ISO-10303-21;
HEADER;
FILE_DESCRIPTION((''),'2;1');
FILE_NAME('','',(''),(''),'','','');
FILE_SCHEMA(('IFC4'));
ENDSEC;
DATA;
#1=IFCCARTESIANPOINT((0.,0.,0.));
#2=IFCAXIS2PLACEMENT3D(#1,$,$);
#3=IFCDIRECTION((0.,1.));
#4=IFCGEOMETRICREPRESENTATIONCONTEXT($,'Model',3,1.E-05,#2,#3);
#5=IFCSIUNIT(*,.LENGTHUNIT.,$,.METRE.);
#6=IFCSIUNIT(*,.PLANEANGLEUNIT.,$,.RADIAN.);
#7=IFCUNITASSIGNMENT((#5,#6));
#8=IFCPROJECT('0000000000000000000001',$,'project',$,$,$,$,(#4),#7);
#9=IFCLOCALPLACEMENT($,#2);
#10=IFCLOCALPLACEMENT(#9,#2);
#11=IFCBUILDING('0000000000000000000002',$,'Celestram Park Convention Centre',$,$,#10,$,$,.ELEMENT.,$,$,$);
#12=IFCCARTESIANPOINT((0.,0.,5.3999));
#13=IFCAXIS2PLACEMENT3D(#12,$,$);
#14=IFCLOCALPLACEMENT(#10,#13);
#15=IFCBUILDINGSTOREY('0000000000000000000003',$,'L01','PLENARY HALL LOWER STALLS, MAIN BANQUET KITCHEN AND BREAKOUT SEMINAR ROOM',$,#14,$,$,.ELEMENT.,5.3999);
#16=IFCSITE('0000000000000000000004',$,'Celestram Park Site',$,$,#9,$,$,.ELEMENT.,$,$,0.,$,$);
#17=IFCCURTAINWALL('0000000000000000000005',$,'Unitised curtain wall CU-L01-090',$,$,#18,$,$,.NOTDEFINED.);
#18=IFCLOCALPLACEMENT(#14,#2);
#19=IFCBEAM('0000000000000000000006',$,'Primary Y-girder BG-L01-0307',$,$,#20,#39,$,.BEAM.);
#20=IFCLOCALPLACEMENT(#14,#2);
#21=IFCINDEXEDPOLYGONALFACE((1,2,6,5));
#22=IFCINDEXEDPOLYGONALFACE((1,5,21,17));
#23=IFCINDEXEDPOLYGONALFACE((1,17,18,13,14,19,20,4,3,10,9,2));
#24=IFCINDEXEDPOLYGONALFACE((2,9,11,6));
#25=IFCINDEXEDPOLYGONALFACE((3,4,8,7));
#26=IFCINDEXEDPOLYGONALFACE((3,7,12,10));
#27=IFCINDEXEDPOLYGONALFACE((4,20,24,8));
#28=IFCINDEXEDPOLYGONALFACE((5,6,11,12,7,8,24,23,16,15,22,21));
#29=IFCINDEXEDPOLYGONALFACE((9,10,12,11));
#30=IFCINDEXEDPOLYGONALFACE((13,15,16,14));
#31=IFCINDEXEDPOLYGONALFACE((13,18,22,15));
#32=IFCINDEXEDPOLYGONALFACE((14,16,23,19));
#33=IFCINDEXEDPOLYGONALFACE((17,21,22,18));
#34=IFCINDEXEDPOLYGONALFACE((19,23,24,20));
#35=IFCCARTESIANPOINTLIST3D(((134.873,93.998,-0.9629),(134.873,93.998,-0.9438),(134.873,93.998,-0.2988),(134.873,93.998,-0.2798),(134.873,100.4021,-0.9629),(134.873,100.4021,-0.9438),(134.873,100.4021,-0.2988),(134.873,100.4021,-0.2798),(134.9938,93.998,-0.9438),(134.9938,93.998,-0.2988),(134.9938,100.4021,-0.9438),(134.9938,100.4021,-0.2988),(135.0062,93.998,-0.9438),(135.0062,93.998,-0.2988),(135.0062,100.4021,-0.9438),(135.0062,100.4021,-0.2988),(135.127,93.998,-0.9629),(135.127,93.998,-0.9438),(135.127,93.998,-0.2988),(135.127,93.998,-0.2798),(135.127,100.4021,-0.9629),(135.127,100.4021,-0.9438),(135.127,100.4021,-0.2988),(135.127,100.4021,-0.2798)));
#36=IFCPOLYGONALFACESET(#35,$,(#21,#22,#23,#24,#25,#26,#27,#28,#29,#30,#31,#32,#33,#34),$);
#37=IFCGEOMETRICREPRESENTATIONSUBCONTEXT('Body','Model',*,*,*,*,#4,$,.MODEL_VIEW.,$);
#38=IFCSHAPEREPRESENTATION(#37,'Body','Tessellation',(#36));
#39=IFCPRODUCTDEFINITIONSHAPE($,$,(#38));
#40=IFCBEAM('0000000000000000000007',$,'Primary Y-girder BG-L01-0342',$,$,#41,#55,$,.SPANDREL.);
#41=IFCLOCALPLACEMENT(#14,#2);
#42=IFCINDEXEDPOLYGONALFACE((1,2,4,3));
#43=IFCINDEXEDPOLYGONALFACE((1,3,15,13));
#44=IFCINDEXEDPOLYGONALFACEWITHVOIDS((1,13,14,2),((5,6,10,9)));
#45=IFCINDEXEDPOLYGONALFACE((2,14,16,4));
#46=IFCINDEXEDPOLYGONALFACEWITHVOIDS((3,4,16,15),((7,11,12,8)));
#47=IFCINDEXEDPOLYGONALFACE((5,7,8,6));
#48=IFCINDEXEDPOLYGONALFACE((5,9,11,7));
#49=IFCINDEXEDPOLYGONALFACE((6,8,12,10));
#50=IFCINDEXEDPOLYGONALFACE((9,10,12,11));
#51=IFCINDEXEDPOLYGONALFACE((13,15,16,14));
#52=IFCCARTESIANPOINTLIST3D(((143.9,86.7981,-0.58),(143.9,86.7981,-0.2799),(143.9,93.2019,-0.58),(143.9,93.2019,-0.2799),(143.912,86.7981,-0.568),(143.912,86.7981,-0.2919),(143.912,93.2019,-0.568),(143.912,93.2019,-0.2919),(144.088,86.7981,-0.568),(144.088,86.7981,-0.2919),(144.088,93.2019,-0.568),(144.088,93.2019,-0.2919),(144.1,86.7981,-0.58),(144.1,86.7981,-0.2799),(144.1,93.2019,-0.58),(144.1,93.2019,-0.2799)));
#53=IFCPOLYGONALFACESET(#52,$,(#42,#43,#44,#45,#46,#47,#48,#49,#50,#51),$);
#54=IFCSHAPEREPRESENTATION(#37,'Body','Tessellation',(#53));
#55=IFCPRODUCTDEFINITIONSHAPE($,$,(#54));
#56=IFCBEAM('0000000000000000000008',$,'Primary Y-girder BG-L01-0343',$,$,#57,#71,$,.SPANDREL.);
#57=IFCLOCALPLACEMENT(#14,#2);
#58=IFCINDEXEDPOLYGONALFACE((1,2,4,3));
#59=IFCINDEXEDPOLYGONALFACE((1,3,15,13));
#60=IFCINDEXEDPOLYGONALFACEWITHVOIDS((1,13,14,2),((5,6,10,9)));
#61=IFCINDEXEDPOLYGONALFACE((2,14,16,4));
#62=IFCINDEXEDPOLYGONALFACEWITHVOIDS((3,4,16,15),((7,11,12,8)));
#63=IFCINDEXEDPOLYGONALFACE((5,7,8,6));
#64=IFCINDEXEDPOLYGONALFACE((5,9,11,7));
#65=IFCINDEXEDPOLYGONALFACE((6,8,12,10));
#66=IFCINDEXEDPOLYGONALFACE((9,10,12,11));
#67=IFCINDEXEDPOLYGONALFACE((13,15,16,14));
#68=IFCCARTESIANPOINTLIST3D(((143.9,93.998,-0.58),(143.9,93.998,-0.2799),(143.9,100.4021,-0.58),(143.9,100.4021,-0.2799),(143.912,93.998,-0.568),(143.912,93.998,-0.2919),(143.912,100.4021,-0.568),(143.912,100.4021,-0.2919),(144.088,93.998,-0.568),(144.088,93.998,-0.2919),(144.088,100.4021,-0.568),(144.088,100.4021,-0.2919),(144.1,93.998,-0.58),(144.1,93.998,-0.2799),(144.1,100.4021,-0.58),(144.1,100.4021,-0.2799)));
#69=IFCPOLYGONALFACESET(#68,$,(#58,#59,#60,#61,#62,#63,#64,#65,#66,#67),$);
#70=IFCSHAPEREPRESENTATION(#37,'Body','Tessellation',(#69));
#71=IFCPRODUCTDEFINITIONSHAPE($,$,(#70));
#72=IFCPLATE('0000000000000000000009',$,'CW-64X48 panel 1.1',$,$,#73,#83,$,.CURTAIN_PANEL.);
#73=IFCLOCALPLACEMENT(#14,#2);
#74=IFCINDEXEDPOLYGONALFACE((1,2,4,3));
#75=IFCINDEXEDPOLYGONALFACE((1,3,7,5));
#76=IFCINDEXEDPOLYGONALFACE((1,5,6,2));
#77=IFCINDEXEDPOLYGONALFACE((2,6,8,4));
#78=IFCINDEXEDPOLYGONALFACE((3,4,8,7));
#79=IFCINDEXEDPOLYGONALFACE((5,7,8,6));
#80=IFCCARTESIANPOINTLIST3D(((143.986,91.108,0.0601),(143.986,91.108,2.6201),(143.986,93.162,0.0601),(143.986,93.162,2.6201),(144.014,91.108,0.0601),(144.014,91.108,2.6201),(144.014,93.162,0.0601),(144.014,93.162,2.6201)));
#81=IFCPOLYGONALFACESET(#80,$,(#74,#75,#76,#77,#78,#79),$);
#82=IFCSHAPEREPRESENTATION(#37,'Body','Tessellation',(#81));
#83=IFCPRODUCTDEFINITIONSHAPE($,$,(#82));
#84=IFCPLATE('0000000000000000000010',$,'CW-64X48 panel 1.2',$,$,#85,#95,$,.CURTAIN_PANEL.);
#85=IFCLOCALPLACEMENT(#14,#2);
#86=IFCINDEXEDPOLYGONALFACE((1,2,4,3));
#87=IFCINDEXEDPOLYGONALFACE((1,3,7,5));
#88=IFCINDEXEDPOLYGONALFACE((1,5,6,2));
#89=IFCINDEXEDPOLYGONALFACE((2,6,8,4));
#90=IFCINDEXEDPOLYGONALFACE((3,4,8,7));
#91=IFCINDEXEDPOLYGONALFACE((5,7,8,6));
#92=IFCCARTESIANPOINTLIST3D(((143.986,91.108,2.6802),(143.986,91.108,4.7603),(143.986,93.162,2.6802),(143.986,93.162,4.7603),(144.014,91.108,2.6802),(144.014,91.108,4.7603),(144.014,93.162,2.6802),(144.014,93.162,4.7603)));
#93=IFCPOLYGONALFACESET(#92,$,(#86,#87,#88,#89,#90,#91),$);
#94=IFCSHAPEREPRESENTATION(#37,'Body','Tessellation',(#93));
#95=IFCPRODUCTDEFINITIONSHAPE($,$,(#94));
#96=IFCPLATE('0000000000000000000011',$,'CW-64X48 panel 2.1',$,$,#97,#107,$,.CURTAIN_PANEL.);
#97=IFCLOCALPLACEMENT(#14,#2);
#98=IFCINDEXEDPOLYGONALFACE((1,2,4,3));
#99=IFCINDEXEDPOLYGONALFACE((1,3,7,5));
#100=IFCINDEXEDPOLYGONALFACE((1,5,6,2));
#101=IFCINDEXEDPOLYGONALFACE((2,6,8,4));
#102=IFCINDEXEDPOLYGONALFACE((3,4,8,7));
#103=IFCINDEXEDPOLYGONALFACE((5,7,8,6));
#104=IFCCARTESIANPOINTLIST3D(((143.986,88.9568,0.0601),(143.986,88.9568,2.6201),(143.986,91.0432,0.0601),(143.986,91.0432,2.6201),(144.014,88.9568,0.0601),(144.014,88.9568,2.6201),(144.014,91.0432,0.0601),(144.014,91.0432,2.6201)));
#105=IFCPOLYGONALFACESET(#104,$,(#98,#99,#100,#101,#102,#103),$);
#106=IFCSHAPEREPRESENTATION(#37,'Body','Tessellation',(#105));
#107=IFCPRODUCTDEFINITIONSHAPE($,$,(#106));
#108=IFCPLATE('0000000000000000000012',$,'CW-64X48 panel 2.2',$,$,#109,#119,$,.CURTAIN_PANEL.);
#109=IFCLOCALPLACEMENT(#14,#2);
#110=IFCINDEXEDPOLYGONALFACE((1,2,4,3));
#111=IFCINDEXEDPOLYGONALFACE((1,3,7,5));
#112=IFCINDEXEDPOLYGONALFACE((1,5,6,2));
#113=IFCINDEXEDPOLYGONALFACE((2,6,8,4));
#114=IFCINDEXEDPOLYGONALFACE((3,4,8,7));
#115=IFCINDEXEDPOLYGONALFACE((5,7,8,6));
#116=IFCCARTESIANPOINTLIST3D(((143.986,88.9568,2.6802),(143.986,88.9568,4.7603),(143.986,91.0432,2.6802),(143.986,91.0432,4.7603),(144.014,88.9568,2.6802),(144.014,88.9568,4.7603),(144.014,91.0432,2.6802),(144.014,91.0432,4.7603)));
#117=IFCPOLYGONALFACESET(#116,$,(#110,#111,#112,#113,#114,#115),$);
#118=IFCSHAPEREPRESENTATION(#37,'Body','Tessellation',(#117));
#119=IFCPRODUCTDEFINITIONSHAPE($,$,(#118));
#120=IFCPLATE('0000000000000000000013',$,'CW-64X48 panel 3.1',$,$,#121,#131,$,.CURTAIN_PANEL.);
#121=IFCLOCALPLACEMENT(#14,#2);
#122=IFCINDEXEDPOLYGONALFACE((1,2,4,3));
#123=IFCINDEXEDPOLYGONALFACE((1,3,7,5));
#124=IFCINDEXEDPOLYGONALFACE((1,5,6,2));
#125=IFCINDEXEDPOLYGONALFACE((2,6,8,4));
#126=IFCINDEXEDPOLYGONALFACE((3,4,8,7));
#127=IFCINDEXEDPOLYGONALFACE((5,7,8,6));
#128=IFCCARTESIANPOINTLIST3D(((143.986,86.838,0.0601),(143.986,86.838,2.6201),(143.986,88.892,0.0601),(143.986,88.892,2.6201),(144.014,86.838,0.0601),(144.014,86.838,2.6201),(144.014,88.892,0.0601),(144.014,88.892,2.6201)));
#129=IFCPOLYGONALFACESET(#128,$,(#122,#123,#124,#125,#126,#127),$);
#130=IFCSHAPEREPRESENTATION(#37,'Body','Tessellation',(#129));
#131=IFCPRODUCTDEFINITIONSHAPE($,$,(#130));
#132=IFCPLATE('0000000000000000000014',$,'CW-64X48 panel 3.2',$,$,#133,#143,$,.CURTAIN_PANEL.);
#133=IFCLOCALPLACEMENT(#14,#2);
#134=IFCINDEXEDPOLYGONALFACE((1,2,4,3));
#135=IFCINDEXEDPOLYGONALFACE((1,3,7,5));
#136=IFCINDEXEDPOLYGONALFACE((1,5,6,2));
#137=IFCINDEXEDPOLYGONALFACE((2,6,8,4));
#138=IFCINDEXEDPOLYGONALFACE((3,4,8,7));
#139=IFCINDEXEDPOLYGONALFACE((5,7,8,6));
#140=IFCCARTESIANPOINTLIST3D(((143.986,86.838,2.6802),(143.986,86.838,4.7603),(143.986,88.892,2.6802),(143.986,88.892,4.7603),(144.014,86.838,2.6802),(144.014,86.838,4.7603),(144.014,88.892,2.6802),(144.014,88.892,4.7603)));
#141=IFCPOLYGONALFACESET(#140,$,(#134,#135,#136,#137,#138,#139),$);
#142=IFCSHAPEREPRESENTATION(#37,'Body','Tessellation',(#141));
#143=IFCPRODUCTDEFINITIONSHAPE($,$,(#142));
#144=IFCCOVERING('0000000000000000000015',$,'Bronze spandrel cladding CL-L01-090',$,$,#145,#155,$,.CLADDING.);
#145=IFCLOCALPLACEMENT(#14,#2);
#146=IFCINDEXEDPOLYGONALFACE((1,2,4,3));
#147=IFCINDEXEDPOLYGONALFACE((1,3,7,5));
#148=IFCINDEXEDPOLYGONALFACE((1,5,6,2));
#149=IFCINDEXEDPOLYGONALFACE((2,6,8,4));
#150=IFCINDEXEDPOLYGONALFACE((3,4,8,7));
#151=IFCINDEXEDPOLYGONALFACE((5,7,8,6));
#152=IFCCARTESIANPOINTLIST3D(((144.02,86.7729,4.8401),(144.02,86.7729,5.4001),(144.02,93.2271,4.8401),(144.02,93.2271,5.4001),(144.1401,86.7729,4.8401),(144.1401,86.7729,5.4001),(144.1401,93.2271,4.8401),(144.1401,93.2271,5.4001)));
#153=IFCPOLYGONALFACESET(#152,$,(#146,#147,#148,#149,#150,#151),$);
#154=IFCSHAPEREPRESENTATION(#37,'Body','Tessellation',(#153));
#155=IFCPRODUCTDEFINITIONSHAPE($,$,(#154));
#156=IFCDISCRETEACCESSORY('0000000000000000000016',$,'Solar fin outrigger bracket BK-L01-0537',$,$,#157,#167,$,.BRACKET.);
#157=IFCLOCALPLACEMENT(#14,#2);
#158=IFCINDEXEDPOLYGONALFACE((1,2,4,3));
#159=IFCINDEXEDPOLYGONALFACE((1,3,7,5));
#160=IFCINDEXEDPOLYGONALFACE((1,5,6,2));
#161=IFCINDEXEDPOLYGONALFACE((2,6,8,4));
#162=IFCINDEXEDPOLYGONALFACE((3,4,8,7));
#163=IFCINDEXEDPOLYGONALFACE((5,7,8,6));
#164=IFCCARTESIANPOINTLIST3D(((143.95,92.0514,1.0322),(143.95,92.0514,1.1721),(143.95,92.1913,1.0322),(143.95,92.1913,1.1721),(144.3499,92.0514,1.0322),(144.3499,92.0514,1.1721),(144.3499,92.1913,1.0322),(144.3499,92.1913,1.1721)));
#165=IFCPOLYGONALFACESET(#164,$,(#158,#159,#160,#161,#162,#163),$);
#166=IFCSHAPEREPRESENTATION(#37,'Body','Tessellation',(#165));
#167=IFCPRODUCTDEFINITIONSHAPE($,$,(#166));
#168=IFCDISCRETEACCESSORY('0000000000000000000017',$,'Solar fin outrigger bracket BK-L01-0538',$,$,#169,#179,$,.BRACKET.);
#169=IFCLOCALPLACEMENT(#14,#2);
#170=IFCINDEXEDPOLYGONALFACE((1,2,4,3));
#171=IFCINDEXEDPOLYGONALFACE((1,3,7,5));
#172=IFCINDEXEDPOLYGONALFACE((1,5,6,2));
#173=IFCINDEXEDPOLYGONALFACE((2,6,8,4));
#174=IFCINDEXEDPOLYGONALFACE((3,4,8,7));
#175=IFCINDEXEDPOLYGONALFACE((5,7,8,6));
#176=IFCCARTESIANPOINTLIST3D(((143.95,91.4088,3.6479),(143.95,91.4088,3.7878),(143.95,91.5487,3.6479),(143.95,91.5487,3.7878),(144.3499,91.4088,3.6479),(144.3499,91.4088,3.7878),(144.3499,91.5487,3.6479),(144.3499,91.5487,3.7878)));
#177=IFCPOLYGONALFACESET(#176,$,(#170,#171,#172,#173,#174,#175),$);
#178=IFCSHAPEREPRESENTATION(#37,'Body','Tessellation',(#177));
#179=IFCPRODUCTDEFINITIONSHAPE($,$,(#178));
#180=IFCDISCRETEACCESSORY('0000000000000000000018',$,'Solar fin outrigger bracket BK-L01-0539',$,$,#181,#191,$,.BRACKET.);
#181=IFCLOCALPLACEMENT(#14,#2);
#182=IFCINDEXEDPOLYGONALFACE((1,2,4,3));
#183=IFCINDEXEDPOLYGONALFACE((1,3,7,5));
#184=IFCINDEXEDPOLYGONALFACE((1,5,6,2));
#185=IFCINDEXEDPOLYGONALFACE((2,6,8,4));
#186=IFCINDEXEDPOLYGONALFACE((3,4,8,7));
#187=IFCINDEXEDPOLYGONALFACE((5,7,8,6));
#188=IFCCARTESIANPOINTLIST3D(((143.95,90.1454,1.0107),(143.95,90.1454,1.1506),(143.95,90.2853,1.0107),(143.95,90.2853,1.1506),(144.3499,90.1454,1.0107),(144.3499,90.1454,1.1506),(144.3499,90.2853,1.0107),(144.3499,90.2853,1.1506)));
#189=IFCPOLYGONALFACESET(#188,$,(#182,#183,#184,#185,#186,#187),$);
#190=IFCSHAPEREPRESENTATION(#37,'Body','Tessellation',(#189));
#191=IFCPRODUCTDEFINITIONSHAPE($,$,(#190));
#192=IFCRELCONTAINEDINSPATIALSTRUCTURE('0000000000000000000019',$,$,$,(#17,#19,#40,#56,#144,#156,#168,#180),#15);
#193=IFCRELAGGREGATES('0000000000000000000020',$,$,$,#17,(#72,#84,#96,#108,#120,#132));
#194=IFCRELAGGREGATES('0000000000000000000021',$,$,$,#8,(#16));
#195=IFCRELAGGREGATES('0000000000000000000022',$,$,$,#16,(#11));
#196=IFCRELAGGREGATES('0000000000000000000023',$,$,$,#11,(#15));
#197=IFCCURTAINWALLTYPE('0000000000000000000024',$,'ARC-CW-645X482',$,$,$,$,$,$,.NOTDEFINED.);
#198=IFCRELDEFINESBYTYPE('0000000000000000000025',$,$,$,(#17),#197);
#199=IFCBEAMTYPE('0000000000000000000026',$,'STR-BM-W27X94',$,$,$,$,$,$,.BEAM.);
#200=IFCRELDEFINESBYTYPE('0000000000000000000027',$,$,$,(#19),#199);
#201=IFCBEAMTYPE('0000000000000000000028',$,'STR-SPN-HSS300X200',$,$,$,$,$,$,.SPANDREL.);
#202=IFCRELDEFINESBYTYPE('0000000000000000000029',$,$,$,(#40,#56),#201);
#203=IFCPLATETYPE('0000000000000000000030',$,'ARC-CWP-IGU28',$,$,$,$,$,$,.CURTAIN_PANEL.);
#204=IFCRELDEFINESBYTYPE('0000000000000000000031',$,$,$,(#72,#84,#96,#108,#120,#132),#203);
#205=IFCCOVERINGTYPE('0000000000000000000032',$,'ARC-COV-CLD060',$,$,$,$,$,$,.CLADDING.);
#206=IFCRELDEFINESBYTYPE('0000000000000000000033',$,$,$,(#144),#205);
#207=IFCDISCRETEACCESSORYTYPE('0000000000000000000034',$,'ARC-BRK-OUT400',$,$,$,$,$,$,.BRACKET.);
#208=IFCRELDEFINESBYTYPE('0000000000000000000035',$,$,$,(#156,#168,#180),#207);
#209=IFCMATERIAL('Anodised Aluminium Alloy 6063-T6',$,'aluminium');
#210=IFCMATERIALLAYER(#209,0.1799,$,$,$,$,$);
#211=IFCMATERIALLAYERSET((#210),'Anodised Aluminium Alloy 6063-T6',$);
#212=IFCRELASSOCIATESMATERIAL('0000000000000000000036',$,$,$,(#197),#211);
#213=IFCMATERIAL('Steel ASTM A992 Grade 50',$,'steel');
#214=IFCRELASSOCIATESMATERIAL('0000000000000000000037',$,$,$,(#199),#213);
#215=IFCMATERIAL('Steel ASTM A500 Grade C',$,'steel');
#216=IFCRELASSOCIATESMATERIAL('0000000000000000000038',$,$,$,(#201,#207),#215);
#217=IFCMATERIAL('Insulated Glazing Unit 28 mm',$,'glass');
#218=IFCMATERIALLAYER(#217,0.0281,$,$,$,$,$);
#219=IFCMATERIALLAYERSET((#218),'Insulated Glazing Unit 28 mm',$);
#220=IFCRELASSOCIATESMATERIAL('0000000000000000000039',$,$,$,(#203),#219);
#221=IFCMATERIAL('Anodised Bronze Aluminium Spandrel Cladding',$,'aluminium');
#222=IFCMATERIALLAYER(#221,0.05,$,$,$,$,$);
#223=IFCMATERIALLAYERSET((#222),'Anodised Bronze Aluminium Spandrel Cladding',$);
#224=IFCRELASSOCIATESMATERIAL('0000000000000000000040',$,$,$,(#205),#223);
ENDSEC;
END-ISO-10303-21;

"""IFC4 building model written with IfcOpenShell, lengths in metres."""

from ifc_helpers import new_model, si_unit, direction, frame, origin, origin_2d, place, context, subcontext, project, spatial, rectangle, hollow_rectangle, i_section, extrude, material, layer, layer_set, material_profile, profile_set, type_object, element, aggregate, save


model = new_model("IFC4")

# Units and contexts
model_context = context("Model", 3, precision=1e-05, world=origin(), true_north=direction((0.0, 1.0)))
body_context = subcontext(model_context, "Body", "Model", "MODEL_VIEW")
ifc_project = project(units=[si_unit("LENGTHUNIT", "METRE"), si_unit("PLANEANGLEUNIT", "RADIAN")], contexts=[model_context])

# Site, building, storey
site_placement = place(None, origin())
site = spatial("IfcSite", under=ifc_project, at=site_placement, Name="Celestram Park Site", CompositionType="ELEMENT", RefElevation=0.0)
building_placement = place(site_placement, origin())
building = spatial("IfcBuilding", under=site, at=building_placement, Name="Celestram Park Convention Centre", CompositionType="ELEMENT")
storey_placement = place(building_placement, frame((0.0, 0.0, 5.3999)))
storey = spatial("IfcBuildingStorey", under=building, at=storey_placement, Name="L01", Description="PLENARY HALL LOWER STALLS, MAIN BANQUET KITCHEN AND BREAKOUT SEMINAR ROOM", CompositionType="ELEMENT", Elevation=5.3999)

# Curtain wall
ifc_material_1 = material(Name="Anodised Aluminium Alloy 6063-T6", Category="aluminium")
ifc_layer_1 = layer(ifc_material_1, 0.1799)
ifc_layer_set_1 = layer_set([ifc_layer_1], Name="Anodised Aluminium Alloy 6063-T6")
curtain_wall_type = type_object("IfcCurtainWallType", Name="ARC-CW-645X482", PredefinedType="NOTDEFINED", material=ifc_layer_set_1)
curtain_wall_1_placement = place(storey_placement, origin())
curtain_wall_1 = element("IfcCurtainWall", 1, at=curtain_wall_1_placement, inside=storey, type_object=curtain_wall_type, Name="Unitised curtain wall CU-L01-090", PredefinedType="NOTDEFINED")

# Beams
ifc_material_2 = material(Name="Steel ASTM A992 Grade 50", Category="steel")
ifc_material_profile_1 = material_profile(ifc_material_2, i_section(OverallWidth=0.2539, OverallDepth=0.6831, WebThickness=0.0125, FlangeThickness=0.019, at=origin_2d()), Name="W27X94")
ifc_profile_set_1 = profile_set([ifc_material_profile_1], Name="Steel ASTM A992 Grade 50")
beam_type_1 = type_object("IfcBeamType", Name="STR-BM-W27X94", PredefinedType="BEAM", material=ifc_profile_set_1)
beam_1_placement = place(storey_placement, frame((135.0, 93.998, -0.6213), z_axis=(0.0, 1.0, 0.0), x_axis=(-1.0, 0.0, 0.0)))
element("IfcBeam", 2, at=beam_1_placement, inside=storey, type_object=beam_type_1, Name="Primary Y-girder BG-L01-0307", PredefinedType="BEAM", context=body_context, shape_type="SweptSolid", body=[
    extrude(i_section(OverallWidth=0.2539, OverallDepth=0.6831, WebThickness=0.0125, FlangeThickness=0.019, at=origin_2d()), origin(), (0.0, 0.0, 1.0), 6.4041),
])
ifc_material_3 = material(Name="Steel ASTM A500 Grade C", Category="steel")
ifc_material_profile_2 = material_profile(ifc_material_3, hollow_rectangle(XDim=0.2, YDim=0.3, WallThickness=0.012, at=origin_2d()), Name="HSS300X200X12")
ifc_profile_set_2 = profile_set([ifc_material_profile_2], Name="Steel ASTM A500 Grade C")
beam_type_2 = type_object("IfcBeamType", Name="STR-SPN-HSS300X200", PredefinedType="SPANDREL", material=ifc_profile_set_2)
beam_2_placement = place(storey_placement, frame((144.0, 86.7981, -0.4299), z_axis=(0.0, 1.0, 0.0), x_axis=(-1.0, 0.0, 0.0)))
element("IfcBeam", 3, at=beam_2_placement, inside=storey, type_object=beam_type_2, Name="Primary Y-girder BG-L01-0342", PredefinedType="SPANDREL", context=body_context, shape_type="SweptSolid", body=[
    extrude(hollow_rectangle(XDim=0.2, YDim=0.3, WallThickness=0.012, at=origin_2d()), origin(), (0.0, 0.0, 1.0), 6.4038),
])
beam_3_placement = place(storey_placement, frame((144.0, 93.998, -0.4299), z_axis=(0.0, 1.0, 0.0), x_axis=(-1.0, 0.0, 0.0)))
element("IfcBeam", 4, at=beam_3_placement, inside=storey, type_object=beam_type_2, Name="Primary Y-girder BG-L01-0343", PredefinedType="SPANDREL", context=body_context, shape_type="SweptSolid", body=[
    extrude(hollow_rectangle(XDim=0.2, YDim=0.3, WallThickness=0.012, at=origin_2d()), origin(), (0.0, 0.0, 1.0), 6.4041),
])

# Plates
ifc_material_4 = material(Name="Insulated Glazing Unit 28 mm", Category="glass")
ifc_layer_2 = layer(ifc_material_4, 0.0281)
ifc_layer_set_2 = layer_set([ifc_layer_2], Name="Insulated Glazing Unit 28 mm")
plate_type = type_object("IfcPlateType", Name="ARC-CWP-IGU28", PredefinedType="CURTAIN_PANEL", material=ifc_layer_set_2)
plate_1_placement = place(storey_placement, frame((144.0, 92.135, 0.0601), z_axis=(0.0, 0.0, 1.0), x_axis=(0.0, -1.0, 0.0)))
plate_1 = element("IfcPlate", 5, at=plate_1_placement, type_object=plate_type, Name="CW-64X48 panel 1.1", PredefinedType="CURTAIN_PANEL", context=body_context, shape_type="SweptSolid", body=[
    extrude(rectangle(XDim=2.054, YDim=0.0281, at=origin_2d()), origin(), (0.0, 0.0, 1.0), 2.5601),
])
plate_2_placement = place(storey_placement, frame((144.0, 92.135, 2.6802), z_axis=(0.0, 0.0, 1.0), x_axis=(0.0, -1.0, 0.0)))
plate_2 = element("IfcPlate", 6, at=plate_2_placement, type_object=plate_type, Name="CW-64X48 panel 1.2", PredefinedType="CURTAIN_PANEL", context=body_context, shape_type="SweptSolid", body=[
    extrude(rectangle(XDim=2.054, YDim=0.0281, at=origin_2d()), origin(), (0.0, 0.0, 1.0), 2.0801),
])
plate_3_placement = place(storey_placement, frame((144.0, 90.0, 0.0601), z_axis=(0.0, 0.0, 1.0), x_axis=(0.0, -1.0, 0.0)))
plate_3 = element("IfcPlate", 7, at=plate_3_placement, type_object=plate_type, Name="CW-64X48 panel 2.1", PredefinedType="CURTAIN_PANEL", context=body_context, shape_type="SweptSolid", body=[
    extrude(rectangle(XDim=2.0864, YDim=0.0281, at=origin_2d()), origin(), (0.0, 0.0, 1.0), 2.5601),
])
plate_4_placement = place(storey_placement, frame((144.0, 90.0, 2.6802), z_axis=(0.0, 0.0, 1.0), x_axis=(0.0, -1.0, 0.0)))
plate_4 = element("IfcPlate", 8, at=plate_4_placement, type_object=plate_type, Name="CW-64X48 panel 2.2", PredefinedType="CURTAIN_PANEL", context=body_context, shape_type="SweptSolid", body=[
    extrude(rectangle(XDim=2.0864, YDim=0.0281, at=origin_2d()), origin(), (0.0, 0.0, 1.0), 2.0801),
])
plate_5_placement = place(storey_placement, frame((144.0, 87.865, 0.0601), z_axis=(0.0, 0.0, 1.0), x_axis=(0.0, -1.0, 0.0)))
plate_5 = element("IfcPlate", 9, at=plate_5_placement, type_object=plate_type, Name="CW-64X48 panel 3.1", PredefinedType="CURTAIN_PANEL", context=body_context, shape_type="SweptSolid", body=[
    extrude(rectangle(XDim=2.054, YDim=0.0281, at=origin_2d()), origin(), (0.0, 0.0, 1.0), 2.5601),
])
plate_6_placement = place(storey_placement, frame((144.0, 87.865, 2.6802), z_axis=(0.0, 0.0, 1.0), x_axis=(0.0, -1.0, 0.0)))
plate_6 = element("IfcPlate", 10, at=plate_6_placement, type_object=plate_type, Name="CW-64X48 panel 3.2", PredefinedType="CURTAIN_PANEL", context=body_context, shape_type="SweptSolid", body=[
    extrude(rectangle(XDim=2.054, YDim=0.0281, at=origin_2d()), origin(), (0.0, 0.0, 1.0), 2.0801),
])
aggregate(curtain_wall_1, [plate_1, plate_2, plate_3, plate_4, plate_5, plate_6])

# Covering
ifc_material_5 = material(Name="Anodised Bronze Aluminium Spandrel Cladding", Category="aluminium")
ifc_layer_3 = layer(ifc_material_5, 0.05)
ifc_layer_set_3 = layer_set([ifc_layer_3], Name="Anodised Bronze Aluminium Spandrel Cladding")
covering_type = type_object("IfcCoveringType", Name="ARC-COV-CLD060", PredefinedType="CLADDING", material=ifc_layer_set_3)
covering_placement = place(storey_placement, frame((144.0801, 90.0, 4.8401), z_axis=(0.0, 0.0, 1.0), x_axis=(0.0, -1.0, 0.0)))
element("IfcCovering", 11, at=covering_placement, inside=storey, type_object=covering_type, Name="Bronze spandrel cladding CL-L01-090", PredefinedType="CLADDING", context=body_context, shape_type="SweptSolid", body=[
    extrude(rectangle(XDim=6.4541, YDim=0.1201, at=origin_2d()), origin(), (0.0, 0.0, 1.0), 0.5601),
])

# Discrete accessories
discrete_accessory_type = type_object("IfcDiscreteAccessoryType", Name="ARC-BRK-OUT400", PredefinedType="BRACKET", material=ifc_material_3)
for number, where, z_axis, x_axis, name in (
    (12, (144.1499, 92.1213, 1.0322), (0.0, 0.0, 1.0), (1.0, 0.0, 0.0), "Solar fin outrigger bracket BK-L01-0537"),
    (13, (144.1499, 91.4788, 3.6479), (0.0, 0.0, 1.0), (1.0, 0.0, 0.0), "Solar fin outrigger bracket BK-L01-0538"),
    (14, (144.1499, 90.2153, 1.0107), (0.0, 0.0, 1.0), (1.0, 0.0, 0.0), "Solar fin outrigger bracket BK-L01-0539"),
):
    element("IfcDiscreteAccessory", number, at=place(storey_placement, frame(where, z_axis=z_axis, x_axis=x_axis)), inside=storey, type_object=discrete_accessory_type, Name=name, PredefinedType="BRACKET", context=body_context, shape_type="SweptSolid", body=[
        extrude(rectangle(XDim=0.3999, YDim=0.1399, at=origin_2d()), origin(), (0.0, 0.0, 1.0), 0.1399),
    ])

save(model, "model.ifc")
